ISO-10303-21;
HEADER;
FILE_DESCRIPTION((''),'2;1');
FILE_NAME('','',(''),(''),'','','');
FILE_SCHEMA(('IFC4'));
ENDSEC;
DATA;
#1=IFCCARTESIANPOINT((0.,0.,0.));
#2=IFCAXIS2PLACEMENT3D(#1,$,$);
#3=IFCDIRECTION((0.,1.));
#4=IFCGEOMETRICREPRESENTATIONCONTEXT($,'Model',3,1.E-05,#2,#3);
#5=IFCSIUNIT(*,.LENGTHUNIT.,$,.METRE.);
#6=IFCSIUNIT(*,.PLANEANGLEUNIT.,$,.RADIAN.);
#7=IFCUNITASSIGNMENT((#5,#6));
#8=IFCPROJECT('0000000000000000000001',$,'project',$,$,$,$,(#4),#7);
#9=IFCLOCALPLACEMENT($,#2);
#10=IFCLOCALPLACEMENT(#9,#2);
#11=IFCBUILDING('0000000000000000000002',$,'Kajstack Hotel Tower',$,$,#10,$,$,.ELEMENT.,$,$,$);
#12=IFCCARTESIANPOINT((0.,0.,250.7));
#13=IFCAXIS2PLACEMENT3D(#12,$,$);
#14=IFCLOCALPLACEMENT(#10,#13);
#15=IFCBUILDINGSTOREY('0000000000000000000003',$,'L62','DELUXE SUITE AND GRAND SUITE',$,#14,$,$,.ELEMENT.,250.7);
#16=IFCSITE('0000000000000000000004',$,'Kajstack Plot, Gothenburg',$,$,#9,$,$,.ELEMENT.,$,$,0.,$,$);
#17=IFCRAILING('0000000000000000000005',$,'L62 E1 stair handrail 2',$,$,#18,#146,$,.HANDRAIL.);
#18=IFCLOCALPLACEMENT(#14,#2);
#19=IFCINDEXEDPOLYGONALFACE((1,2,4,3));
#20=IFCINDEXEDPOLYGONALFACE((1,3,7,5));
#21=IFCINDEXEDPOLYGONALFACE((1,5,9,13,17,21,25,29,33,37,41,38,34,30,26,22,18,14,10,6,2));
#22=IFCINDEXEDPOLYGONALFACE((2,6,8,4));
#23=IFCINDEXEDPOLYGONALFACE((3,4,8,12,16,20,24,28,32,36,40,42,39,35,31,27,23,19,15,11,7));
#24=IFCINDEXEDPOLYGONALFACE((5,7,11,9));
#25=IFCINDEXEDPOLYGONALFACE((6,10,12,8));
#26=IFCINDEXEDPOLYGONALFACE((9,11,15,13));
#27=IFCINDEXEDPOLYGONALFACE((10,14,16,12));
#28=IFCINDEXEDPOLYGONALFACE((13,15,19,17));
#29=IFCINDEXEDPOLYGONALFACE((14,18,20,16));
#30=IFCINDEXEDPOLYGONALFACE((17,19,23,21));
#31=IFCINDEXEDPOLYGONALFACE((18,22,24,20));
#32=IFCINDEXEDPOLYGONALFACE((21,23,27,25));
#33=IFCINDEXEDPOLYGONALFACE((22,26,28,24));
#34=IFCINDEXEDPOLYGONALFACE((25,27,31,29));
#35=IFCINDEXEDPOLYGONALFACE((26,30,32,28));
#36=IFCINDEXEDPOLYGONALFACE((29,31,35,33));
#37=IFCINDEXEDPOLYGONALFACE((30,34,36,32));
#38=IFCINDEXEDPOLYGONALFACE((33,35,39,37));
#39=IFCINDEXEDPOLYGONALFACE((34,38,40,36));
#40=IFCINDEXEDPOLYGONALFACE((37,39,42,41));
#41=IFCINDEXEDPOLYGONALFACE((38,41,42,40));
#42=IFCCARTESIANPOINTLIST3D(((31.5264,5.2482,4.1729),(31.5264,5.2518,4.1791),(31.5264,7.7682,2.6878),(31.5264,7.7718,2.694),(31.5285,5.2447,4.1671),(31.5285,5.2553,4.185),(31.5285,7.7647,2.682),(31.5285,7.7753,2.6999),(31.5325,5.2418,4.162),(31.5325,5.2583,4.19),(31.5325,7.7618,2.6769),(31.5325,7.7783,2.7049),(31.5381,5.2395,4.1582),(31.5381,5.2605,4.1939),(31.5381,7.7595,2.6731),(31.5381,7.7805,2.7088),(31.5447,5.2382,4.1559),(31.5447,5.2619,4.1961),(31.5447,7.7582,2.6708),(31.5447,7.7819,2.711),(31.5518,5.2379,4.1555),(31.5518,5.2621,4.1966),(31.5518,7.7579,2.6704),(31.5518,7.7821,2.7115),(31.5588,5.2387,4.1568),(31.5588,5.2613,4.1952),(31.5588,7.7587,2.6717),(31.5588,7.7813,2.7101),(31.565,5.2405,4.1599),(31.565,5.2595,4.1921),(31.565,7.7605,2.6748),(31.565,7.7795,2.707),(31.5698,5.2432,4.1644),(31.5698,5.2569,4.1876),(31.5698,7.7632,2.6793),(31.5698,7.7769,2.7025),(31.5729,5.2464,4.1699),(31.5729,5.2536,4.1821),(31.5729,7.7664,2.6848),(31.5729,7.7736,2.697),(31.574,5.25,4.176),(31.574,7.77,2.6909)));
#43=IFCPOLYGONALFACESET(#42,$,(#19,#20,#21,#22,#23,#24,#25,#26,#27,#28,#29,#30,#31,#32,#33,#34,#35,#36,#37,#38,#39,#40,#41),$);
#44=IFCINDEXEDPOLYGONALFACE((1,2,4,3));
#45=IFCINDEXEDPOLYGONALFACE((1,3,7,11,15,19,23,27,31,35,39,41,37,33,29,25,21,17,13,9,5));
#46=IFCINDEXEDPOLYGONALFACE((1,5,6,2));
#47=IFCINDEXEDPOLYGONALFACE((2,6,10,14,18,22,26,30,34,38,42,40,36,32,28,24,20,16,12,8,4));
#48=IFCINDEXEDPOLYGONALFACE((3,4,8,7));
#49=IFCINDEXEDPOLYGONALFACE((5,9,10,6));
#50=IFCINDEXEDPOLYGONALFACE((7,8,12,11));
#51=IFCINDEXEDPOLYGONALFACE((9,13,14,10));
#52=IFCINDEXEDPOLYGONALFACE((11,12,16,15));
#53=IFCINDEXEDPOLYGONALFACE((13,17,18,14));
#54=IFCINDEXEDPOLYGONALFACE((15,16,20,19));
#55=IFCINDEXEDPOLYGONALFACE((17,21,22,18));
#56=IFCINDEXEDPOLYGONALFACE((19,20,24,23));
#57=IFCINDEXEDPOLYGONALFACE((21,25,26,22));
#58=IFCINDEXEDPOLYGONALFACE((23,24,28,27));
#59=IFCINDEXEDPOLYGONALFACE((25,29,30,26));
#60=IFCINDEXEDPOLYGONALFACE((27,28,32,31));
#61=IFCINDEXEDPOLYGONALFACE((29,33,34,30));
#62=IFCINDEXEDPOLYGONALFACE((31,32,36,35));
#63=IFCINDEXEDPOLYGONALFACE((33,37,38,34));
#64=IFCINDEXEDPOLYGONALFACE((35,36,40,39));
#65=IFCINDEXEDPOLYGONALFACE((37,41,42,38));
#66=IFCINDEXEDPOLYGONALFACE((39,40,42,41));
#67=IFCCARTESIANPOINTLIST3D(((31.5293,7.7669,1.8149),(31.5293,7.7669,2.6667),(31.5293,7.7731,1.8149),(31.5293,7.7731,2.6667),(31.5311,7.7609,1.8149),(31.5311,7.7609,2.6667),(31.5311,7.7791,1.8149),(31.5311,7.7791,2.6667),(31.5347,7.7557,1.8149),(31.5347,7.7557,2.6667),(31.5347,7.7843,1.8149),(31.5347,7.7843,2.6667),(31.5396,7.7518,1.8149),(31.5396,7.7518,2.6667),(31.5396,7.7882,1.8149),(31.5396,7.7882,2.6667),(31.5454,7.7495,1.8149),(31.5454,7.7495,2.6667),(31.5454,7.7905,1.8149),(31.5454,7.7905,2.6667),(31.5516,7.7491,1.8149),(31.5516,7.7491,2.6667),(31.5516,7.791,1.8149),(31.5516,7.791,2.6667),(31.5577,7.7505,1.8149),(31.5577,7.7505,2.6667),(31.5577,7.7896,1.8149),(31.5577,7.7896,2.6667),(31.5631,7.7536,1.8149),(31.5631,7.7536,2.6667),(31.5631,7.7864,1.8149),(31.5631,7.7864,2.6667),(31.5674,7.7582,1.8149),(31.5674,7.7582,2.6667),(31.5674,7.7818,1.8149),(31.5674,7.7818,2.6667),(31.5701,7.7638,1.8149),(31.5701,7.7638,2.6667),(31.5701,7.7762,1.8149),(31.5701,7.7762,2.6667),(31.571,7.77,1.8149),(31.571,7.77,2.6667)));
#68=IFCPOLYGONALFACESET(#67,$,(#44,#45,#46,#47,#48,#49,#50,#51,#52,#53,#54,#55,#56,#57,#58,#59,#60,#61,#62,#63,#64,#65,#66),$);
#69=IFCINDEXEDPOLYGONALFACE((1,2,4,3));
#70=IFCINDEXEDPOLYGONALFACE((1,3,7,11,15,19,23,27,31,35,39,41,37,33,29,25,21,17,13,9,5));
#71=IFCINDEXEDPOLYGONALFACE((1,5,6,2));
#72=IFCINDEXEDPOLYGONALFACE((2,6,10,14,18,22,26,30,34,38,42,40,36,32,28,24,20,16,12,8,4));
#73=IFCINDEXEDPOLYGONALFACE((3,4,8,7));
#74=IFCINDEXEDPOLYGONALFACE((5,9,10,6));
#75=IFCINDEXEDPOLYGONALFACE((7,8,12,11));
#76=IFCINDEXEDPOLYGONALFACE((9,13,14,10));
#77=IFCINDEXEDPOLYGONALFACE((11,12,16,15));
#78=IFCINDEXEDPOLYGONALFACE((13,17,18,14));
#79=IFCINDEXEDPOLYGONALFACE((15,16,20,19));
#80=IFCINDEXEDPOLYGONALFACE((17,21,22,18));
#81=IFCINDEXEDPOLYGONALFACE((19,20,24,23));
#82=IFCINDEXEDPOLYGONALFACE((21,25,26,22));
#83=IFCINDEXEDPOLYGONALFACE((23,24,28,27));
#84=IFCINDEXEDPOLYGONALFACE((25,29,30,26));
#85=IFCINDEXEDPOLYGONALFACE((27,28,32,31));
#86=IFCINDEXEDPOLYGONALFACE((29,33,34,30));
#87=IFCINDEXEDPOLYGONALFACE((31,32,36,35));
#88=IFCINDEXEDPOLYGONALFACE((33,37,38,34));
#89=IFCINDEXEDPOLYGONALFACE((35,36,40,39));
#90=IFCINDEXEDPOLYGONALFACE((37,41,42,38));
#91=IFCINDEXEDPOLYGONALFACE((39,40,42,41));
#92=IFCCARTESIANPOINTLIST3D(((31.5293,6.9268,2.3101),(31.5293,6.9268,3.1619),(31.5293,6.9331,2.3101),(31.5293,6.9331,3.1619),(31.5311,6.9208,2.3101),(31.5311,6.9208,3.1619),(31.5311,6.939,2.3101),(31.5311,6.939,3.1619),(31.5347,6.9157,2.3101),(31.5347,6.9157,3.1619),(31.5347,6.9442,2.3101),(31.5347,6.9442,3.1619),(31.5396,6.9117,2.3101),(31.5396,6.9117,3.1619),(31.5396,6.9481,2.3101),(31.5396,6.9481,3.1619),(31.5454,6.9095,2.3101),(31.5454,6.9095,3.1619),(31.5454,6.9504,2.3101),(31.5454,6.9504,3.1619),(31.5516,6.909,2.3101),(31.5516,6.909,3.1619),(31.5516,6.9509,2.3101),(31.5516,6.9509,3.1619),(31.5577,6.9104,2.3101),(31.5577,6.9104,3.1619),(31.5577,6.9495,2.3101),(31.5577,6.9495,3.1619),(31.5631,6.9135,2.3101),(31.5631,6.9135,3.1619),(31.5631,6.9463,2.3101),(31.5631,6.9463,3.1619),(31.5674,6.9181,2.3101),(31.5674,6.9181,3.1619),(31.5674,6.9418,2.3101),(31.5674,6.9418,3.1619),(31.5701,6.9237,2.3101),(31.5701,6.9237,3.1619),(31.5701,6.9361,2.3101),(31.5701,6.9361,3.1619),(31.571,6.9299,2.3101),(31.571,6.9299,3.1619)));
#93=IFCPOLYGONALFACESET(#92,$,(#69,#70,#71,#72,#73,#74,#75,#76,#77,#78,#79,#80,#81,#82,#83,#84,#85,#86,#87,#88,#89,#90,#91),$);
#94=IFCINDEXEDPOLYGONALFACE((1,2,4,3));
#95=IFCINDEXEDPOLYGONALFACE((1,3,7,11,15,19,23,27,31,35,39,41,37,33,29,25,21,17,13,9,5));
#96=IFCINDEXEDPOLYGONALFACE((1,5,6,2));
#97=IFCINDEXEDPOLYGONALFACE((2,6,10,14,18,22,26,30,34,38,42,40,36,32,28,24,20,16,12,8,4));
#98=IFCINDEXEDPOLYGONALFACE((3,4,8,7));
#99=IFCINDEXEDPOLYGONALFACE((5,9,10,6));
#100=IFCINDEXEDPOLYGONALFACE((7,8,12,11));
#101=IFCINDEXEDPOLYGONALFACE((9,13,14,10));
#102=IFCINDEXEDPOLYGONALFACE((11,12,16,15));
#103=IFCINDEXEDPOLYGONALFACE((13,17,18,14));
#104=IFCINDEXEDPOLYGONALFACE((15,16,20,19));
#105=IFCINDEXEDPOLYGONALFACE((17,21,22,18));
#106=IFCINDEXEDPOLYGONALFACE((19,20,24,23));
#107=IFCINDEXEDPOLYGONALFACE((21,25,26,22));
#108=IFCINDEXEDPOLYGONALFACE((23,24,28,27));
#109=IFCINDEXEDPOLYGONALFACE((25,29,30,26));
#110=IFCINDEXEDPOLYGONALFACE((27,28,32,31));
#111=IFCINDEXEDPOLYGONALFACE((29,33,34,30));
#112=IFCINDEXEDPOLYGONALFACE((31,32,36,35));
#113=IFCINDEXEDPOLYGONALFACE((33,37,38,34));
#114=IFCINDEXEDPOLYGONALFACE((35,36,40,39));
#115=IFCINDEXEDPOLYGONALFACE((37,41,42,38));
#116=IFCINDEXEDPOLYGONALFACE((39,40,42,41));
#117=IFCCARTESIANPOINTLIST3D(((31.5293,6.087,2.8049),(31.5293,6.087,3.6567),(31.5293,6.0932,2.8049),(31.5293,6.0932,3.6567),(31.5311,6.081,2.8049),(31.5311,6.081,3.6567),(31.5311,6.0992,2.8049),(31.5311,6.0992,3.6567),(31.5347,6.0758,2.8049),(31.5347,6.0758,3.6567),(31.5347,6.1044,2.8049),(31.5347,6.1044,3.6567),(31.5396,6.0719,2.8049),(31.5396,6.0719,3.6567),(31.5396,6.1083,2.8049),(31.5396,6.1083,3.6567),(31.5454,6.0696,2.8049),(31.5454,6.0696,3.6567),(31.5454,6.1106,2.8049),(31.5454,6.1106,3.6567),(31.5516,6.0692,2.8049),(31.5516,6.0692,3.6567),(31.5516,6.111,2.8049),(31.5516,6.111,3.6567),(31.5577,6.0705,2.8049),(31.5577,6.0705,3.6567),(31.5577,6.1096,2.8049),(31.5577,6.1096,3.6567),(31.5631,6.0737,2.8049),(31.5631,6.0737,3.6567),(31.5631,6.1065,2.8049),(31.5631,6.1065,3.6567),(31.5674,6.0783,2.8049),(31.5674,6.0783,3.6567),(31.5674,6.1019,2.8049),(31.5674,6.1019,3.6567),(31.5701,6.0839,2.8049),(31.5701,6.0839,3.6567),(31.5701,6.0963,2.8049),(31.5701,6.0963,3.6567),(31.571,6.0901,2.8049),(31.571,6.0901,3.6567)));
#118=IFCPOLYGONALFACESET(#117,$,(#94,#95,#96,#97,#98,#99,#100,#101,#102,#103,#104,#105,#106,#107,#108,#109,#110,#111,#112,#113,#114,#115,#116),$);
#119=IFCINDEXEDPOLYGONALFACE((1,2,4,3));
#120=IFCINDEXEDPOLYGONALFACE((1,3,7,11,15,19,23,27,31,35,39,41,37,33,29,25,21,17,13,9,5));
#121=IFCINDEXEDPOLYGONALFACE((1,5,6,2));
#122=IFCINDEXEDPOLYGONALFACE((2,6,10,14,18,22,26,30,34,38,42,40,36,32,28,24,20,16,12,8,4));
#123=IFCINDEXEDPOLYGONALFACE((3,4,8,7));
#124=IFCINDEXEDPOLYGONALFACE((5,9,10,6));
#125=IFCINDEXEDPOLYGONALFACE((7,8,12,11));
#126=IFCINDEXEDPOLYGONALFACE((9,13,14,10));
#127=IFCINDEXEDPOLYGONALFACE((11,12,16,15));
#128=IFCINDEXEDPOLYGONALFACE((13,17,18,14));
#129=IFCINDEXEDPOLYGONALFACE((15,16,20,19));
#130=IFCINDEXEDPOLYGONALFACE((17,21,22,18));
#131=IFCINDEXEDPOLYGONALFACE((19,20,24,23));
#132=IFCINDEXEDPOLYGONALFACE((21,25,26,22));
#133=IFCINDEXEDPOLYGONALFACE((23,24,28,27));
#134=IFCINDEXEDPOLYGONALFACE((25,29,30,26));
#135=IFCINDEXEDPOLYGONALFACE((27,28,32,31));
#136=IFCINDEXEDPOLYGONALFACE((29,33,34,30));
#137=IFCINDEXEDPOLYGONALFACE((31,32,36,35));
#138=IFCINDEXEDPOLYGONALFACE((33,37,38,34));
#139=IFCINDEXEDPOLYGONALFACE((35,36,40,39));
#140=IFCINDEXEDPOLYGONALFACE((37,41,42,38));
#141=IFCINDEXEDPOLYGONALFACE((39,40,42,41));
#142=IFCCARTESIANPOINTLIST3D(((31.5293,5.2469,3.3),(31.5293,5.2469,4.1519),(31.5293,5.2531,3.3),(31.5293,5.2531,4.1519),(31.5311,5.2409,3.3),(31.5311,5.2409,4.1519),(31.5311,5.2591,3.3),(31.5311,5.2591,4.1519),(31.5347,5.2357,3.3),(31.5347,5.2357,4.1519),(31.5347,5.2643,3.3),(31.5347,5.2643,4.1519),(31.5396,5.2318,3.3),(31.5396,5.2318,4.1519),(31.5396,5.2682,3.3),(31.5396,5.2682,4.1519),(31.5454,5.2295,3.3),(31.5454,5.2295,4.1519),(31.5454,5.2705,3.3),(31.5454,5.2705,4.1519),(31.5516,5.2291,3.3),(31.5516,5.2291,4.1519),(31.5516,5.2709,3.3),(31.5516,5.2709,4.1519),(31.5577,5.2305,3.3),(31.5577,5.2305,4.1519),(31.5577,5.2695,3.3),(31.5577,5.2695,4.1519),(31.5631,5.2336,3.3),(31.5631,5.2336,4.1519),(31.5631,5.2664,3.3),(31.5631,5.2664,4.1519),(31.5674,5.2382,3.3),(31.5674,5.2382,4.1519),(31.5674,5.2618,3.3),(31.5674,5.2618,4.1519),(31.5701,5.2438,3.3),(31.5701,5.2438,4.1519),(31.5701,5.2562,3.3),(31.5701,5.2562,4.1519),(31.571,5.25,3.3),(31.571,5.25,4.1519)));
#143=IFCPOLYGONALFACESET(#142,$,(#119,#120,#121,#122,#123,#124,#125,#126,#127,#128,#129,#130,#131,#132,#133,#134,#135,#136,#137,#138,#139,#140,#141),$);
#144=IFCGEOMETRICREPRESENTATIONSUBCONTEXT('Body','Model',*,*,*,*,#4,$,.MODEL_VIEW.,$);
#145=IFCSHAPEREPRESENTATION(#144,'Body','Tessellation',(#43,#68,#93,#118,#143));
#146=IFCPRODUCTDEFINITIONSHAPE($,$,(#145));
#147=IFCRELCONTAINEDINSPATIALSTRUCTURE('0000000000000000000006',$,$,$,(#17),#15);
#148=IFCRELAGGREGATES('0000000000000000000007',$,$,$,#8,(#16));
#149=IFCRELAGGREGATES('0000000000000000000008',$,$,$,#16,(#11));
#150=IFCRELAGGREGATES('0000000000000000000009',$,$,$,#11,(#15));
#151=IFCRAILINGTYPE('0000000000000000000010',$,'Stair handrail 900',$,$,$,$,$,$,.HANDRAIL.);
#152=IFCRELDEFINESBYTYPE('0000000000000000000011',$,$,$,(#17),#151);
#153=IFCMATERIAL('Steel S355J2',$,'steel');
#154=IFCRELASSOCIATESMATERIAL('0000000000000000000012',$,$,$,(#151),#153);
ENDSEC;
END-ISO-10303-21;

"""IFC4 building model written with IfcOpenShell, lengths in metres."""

from ifc_helpers import new_model, si_unit, direction, frame, origin, origin_2d, place, context, subcontext, project, spatial, circle, extrude, material, type_object, element, save


model = new_model("IFC4")

# Units and contexts
model_context = context("Model", 3, precision=1e-05, world=origin(), true_north=direction((0.0, 1.0)))
body_context = subcontext(model_context, "Body", "Model", "MODEL_VIEW")
ifc_project = project(units=[si_unit("LENGTHUNIT", "METRE"), si_unit("PLANEANGLEUNIT", "RADIAN")], contexts=[model_context])

# Site, building, storey
site_placement = place(None, origin())
site = spatial("IfcSite", under=ifc_project, at=site_placement, Name="Kajstack Plot, Gothenburg", CompositionType="ELEMENT", RefElevation=0.0)
building_placement = place(site_placement, origin())
building = spatial("IfcBuilding", under=site, at=building_placement, Name="Kajstack Hotel Tower", CompositionType="ELEMENT")
storey_placement = place(building_placement, frame((0.0, 0.0, 250.7)))
storey = spatial("IfcBuildingStorey", under=building, at=storey_placement, Name="L62", Description="DELUXE SUITE AND GRAND SUITE", CompositionType="ELEMENT", Elevation=250.7)

# Railing
ifc_material_1 = material(Name="Steel S355J2", Category="steel")
railing_type_1 = type_object("IfcRailingType", Name="Stair handrail 900", PredefinedType="HANDRAIL", material=ifc_material_1)
railing_1_placement = place(storey_placement, frame((31.55, 7.77, 1.8149)))
element("IfcRailing", 1, at=railing_1_placement, inside=storey, type_object=railing_type_1, Name="L62 E1 stair handrail 2", PredefinedType="HANDRAIL", context=body_context, shape_type="SweptSolid", body=[
    extrude(circle(Radius=0.0239, at=origin_2d()), frame((0.0, 0.0, 0.876), z_axis=(0.0, -0.861524, 0.507717), x_axis=(1.0, 0.0, 0.0)), (0.0, 0.0, 1.0), 2.925),
    extrude(circle(Radius=0.021, at=origin_2d()), origin(), (0.0, 0.0, 1.0), 0.8518),
    extrude(circle(Radius=0.021, at=origin_2d()), frame((0.0, -0.8401, 0.4951)), (0.0, 0.0, 1.0), 0.8518),
    extrude(circle(Radius=0.021, at=origin_2d()), frame((0.0, -1.6799, 0.99)), (0.0, 0.0, 1.0), 0.8518),
    extrude(circle(Radius=0.021, at=origin_2d()), frame((0.0, -2.52, 1.4851)), (0.0, 0.0, 1.0), 0.8518),
])

save(model, "model.ifc")
